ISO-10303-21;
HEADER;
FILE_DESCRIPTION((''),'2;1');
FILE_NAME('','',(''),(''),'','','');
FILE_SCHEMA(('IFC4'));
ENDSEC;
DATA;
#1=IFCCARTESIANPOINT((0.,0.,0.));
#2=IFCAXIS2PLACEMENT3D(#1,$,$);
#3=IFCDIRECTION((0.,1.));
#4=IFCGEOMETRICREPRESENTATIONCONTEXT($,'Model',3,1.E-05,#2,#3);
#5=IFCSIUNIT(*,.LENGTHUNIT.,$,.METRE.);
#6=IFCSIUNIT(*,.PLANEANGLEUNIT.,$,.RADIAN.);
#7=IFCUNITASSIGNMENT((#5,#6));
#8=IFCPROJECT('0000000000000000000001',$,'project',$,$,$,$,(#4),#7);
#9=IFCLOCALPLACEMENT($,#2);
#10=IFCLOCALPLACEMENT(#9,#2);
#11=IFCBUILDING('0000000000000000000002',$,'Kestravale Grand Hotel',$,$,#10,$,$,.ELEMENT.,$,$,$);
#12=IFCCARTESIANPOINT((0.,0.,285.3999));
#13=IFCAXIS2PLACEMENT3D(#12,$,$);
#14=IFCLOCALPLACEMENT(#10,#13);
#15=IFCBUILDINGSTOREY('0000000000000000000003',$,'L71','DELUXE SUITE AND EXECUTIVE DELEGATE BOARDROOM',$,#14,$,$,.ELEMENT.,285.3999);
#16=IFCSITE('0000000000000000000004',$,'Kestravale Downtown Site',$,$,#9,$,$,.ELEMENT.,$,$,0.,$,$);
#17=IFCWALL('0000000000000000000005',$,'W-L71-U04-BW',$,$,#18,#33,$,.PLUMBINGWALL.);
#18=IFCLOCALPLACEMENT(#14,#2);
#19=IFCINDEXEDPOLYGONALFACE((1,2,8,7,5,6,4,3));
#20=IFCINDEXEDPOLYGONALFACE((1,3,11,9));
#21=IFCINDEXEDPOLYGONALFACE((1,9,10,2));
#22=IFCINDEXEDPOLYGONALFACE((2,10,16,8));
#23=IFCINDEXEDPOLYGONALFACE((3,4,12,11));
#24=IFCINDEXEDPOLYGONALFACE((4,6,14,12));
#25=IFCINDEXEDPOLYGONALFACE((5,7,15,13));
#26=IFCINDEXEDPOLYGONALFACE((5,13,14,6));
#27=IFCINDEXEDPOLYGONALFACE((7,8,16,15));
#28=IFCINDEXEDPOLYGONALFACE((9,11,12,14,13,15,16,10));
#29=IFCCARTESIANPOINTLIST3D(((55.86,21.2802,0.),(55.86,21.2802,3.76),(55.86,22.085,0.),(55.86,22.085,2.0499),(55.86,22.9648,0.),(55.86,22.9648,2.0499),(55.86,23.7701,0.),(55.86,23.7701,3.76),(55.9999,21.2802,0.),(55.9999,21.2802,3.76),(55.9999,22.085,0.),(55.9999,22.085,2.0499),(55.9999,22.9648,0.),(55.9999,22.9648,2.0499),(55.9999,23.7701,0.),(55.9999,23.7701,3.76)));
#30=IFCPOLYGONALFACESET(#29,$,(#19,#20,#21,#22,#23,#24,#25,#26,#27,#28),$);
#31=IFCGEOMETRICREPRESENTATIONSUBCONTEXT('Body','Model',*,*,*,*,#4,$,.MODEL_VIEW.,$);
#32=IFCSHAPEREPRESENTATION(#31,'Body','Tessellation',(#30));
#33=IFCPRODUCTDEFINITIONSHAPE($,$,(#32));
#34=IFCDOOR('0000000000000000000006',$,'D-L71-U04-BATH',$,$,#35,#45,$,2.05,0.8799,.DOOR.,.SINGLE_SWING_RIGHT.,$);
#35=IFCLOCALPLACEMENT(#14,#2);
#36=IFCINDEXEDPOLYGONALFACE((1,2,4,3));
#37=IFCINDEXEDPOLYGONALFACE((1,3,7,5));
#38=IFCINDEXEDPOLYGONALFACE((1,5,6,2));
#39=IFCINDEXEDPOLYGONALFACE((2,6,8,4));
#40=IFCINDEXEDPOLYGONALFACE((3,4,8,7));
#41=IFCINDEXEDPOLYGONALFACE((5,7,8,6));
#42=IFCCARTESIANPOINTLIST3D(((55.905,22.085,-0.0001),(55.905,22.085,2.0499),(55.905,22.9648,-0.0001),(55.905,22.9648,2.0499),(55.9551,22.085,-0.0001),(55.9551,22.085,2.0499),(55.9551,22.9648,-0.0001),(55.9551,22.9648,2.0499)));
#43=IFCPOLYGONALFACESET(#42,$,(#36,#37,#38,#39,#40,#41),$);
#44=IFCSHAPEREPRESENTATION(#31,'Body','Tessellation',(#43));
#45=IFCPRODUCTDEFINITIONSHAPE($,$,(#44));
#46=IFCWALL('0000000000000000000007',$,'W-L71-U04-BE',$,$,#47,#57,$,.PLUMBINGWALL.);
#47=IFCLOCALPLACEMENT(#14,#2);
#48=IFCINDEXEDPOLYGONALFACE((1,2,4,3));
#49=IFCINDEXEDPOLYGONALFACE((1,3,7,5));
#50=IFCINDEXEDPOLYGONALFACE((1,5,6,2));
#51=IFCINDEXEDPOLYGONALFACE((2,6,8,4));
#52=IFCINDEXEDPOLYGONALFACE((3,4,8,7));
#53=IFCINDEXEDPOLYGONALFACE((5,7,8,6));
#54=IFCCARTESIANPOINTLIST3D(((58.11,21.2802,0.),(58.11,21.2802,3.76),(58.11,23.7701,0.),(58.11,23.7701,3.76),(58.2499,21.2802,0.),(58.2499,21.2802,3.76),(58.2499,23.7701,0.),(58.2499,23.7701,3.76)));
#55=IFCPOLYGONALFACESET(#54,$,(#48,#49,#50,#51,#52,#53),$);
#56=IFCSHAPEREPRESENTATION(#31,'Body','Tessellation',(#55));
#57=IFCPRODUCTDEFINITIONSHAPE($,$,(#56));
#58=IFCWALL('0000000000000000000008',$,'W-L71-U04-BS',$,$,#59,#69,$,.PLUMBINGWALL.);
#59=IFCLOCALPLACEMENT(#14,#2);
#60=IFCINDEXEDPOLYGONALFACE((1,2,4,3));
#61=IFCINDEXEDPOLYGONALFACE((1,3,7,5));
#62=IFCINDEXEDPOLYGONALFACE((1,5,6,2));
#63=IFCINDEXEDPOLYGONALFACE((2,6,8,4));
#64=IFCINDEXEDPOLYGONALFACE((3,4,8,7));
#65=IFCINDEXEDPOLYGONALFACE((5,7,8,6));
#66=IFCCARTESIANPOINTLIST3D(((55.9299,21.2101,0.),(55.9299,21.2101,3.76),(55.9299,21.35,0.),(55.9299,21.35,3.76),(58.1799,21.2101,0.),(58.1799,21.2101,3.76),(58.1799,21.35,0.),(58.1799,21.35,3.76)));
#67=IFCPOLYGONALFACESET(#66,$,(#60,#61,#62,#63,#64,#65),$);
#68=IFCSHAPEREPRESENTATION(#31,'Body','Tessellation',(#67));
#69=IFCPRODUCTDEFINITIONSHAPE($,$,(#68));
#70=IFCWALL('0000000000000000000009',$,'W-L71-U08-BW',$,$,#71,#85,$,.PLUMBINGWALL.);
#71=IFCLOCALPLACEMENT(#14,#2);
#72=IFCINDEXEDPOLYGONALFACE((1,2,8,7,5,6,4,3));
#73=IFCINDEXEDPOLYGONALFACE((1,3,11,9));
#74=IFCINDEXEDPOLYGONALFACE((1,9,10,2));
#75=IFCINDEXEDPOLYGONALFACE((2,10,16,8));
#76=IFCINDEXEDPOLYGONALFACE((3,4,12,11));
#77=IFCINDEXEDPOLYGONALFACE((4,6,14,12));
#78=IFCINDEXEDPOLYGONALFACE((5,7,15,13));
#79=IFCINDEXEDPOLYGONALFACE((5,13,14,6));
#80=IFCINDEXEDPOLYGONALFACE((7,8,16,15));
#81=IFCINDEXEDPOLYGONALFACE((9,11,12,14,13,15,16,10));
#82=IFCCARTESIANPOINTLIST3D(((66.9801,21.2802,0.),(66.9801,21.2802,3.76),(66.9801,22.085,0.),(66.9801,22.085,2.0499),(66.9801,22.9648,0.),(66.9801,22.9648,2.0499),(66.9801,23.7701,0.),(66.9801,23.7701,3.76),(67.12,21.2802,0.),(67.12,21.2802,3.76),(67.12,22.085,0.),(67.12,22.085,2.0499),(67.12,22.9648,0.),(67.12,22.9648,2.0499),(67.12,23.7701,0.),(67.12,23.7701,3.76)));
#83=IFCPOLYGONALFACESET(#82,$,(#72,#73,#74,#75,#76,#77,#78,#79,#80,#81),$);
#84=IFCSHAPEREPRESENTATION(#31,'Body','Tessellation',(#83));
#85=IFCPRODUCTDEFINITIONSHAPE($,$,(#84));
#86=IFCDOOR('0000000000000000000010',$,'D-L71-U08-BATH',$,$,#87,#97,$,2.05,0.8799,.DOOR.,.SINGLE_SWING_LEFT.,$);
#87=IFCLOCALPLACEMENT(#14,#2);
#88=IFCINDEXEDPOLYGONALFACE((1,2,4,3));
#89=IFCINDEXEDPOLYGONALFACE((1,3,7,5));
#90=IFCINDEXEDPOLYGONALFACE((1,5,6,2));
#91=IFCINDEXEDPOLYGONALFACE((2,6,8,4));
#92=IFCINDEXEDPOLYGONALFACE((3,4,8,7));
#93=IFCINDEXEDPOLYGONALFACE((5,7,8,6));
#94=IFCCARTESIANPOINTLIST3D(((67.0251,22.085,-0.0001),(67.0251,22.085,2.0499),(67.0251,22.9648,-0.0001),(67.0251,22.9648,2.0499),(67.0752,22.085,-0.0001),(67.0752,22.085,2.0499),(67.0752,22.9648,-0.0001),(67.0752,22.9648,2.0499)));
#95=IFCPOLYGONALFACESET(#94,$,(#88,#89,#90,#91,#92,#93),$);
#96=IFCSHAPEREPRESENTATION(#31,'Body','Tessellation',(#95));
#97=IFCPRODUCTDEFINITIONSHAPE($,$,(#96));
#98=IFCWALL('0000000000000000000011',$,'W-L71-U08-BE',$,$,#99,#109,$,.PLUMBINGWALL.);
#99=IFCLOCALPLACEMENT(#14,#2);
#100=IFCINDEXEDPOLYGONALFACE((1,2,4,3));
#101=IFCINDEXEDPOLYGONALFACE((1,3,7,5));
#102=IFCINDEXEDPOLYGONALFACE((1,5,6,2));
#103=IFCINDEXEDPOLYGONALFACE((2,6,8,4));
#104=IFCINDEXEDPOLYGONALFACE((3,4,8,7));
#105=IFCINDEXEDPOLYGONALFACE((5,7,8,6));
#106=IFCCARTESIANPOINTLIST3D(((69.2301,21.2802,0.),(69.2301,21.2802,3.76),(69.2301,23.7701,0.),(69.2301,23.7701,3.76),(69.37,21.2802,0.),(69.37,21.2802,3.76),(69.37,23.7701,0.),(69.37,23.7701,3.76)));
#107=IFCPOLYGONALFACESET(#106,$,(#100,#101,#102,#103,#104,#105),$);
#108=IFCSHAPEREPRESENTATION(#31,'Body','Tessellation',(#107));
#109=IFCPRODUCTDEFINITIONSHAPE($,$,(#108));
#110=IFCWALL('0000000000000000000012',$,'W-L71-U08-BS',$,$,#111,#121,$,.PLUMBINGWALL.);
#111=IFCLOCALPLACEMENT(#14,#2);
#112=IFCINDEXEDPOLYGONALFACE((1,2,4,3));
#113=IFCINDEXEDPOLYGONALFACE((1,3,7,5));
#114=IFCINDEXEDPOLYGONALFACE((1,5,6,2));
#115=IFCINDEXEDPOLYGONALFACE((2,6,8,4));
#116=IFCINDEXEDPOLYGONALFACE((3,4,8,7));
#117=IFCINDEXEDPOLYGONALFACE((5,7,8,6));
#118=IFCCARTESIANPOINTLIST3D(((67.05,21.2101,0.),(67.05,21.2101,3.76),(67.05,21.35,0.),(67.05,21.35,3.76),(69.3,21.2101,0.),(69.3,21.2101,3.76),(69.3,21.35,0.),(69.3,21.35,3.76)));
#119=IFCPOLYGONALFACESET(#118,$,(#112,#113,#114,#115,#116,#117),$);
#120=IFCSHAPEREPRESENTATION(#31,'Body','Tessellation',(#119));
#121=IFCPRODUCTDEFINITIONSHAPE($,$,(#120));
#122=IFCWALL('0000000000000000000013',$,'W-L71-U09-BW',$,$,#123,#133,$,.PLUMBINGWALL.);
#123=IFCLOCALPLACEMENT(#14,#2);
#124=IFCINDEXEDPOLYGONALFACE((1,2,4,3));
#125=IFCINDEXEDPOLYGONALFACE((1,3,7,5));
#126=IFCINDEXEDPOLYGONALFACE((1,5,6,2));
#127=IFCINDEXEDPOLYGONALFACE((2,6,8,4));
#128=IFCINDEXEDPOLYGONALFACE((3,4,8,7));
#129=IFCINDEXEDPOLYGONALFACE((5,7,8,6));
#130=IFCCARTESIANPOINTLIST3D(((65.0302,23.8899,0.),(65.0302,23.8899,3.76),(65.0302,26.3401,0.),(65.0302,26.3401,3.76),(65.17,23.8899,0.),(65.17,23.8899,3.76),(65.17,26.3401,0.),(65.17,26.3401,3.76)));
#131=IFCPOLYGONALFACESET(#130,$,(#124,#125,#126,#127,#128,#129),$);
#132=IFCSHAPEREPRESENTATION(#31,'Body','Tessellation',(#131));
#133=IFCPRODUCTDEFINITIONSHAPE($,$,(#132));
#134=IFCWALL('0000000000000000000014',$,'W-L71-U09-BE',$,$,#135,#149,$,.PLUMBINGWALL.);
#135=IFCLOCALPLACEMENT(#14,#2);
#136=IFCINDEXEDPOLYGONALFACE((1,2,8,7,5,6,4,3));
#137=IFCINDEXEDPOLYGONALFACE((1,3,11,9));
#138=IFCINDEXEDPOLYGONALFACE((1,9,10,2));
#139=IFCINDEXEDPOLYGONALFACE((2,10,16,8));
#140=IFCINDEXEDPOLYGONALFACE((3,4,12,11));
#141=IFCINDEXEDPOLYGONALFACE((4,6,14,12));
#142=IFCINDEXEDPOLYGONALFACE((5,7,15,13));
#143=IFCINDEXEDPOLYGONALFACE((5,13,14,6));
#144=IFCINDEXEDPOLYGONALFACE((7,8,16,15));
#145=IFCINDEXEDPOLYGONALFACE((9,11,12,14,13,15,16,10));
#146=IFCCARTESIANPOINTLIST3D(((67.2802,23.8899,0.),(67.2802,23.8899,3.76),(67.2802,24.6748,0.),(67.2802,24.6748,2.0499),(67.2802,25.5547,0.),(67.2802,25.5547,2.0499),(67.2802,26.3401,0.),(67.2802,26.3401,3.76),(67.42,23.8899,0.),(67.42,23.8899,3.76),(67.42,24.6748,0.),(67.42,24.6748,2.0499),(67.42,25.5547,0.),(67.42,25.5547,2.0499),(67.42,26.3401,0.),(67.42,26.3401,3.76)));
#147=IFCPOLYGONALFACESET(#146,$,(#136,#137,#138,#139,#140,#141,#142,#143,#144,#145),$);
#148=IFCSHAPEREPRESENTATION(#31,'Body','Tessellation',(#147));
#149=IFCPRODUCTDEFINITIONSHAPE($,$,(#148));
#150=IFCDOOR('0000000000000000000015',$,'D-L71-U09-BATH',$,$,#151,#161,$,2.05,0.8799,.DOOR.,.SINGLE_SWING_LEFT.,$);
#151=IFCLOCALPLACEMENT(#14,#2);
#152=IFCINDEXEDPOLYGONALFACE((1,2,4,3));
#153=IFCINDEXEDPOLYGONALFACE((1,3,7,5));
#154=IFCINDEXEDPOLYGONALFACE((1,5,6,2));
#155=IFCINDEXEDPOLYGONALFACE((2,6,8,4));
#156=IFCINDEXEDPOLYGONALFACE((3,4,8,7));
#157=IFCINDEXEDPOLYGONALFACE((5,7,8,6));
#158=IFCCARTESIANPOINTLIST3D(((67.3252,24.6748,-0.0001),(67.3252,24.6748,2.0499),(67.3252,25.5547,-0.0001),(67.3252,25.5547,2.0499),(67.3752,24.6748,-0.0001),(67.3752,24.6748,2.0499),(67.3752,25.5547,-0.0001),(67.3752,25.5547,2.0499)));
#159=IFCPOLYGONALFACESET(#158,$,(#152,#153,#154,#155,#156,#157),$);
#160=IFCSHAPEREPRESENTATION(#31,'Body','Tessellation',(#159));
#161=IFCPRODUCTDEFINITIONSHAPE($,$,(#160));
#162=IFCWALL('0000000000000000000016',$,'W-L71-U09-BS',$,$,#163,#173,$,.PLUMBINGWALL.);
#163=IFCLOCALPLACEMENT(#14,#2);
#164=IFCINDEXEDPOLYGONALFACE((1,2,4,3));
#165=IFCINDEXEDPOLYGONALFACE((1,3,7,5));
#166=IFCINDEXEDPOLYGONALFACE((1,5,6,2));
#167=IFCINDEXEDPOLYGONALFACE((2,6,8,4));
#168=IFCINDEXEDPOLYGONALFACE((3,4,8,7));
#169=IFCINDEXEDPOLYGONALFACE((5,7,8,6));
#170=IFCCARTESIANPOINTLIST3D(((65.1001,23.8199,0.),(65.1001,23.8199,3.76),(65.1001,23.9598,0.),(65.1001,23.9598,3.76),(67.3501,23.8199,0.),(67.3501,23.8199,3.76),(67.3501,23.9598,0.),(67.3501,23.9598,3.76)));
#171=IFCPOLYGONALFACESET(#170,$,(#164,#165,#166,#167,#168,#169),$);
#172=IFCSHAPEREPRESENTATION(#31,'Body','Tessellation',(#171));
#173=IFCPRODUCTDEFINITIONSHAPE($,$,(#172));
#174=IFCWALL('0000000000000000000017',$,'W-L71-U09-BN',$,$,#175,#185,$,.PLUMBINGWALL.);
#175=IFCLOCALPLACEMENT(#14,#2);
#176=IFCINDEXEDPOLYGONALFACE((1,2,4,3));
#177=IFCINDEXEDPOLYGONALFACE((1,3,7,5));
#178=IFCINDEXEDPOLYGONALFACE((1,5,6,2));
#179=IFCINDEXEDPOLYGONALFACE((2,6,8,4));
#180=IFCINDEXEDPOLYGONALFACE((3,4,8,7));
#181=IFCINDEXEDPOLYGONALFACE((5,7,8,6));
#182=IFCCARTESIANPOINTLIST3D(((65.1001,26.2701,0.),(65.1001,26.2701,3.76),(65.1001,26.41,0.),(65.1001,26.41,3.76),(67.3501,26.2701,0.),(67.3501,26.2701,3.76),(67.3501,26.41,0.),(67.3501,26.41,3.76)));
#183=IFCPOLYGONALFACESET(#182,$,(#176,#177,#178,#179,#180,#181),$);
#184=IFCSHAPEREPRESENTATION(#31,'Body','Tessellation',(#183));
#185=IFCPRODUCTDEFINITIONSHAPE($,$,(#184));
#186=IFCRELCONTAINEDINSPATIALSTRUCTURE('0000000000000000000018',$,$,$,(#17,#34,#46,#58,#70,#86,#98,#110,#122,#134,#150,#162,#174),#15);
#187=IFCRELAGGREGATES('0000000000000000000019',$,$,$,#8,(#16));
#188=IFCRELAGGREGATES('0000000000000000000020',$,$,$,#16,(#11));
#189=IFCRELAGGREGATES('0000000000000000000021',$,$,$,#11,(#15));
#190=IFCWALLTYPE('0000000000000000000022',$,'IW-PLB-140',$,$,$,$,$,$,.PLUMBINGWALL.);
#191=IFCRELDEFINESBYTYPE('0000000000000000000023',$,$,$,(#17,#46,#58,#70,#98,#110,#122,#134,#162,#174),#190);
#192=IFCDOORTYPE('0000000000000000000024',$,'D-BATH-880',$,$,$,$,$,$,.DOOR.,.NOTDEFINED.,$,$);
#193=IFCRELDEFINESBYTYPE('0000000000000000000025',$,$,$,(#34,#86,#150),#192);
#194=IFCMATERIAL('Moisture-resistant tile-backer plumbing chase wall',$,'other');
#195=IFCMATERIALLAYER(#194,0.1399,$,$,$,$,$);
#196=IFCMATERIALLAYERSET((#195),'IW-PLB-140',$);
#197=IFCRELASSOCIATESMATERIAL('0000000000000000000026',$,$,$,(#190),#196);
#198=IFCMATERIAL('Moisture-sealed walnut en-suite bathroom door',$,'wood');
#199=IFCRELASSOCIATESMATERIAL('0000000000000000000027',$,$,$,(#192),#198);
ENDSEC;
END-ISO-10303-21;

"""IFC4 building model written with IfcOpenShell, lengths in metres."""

from ifc_helpers import new_model, si_unit, direction, frame, frame_2d, origin, place, context, subcontext, project, spatial, rectangle, extrude, material, layer, layer_set, type_object, element, fill, save


model = new_model("IFC4")

# Units and contexts
model_context = context("Model", 3, precision=1e-05, world=origin(), true_north=direction((0.0, 1.0)))
body_context = subcontext(model_context, "Body", "Model", "MODEL_VIEW")
ifc_project = project(units=[si_unit("LENGTHUNIT", "METRE"), si_unit("PLANEANGLEUNIT", "RADIAN")], contexts=[model_context])

# Site, building, storey
site_placement = place(None, origin())
site = spatial("IfcSite", under=ifc_project, at=site_placement, Name="Kestravale Downtown Site", CompositionType="ELEMENT", RefElevation=0.0)
building_placement = place(site_placement, origin())
building = spatial("IfcBuilding", under=site, at=building_placement, Name="Kestravale Grand Hotel", CompositionType="ELEMENT")
storey_placement = place(building_placement, frame((0.0, 0.0, 285.3999)))
storey = spatial("IfcBuildingStorey", under=building, at=storey_placement, Name="L71", Description="DELUXE SUITE AND EXECUTIVE DELEGATE BOARDROOM", CompositionType="ELEMENT", Elevation=285.3999)

# Wall, opening, door
ifc_material_1 = material(Name="Moisture-resistant tile-backer plumbing chase wall", Category="other")
ifc_layer_1 = layer(ifc_material_1, 0.1399)
ifc_layer_set_1 = layer_set([ifc_layer_1], Name="IW-PLB-140")
wall_type_1 = type_object("IfcWallType", Name="IW-PLB-140", PredefinedType="PLUMBINGWALL", material=ifc_layer_set_1)
wall_1_placement = place(storey_placement, frame((55.9299, 21.28, 0.0), z_axis=(0.0, 0.0, 1.0), x_axis=(0.0, 1.0, 0.0)))
wall_1 = element("IfcWall", 1, at=wall_1_placement, inside=storey, type_object=wall_type_1, Name="W-L71-U04-BW", PredefinedType="PLUMBINGWALL", context=body_context, shape_type="SweptSolid", body=[
    extrude(rectangle(XDim=2.49, YDim=0.1399, at=frame_2d((1.2451, 0.0))), origin(), (0.0, 0.0, 1.0), 3.76),
])
opening_1_placement = place(wall_1_placement, frame((0.8049, 0.0, 0.0)))
opening_1 = element("IfcOpeningElement", 2, at=opening_1_placement, cuts=wall_1, PredefinedType="OPENING", context=body_context, shape_type="SweptSolid", body=[
    extrude(rectangle(XDim=0.8799, YDim=2.05, at=frame_2d((0.4399, 1.0249))), frame((0.0, 0.0798, 0.0), z_axis=(0.0, -1.0, 0.0), x_axis=(1.0, 0.0, 0.0)), (0.0, 0.0, 1.0), 0.1599),
])
ifc_material_2 = material(Name="Moisture-sealed walnut en-suite bathroom door", Category="wood")
door_type_1 = type_object("IfcDoorType", Name="D-BATH-880", OperationType="NOTDEFINED", PredefinedType="DOOR", material=ifc_material_2)
door_1_placement = place(opening_1_placement, origin())
door_1 = element("IfcDoor", 3, at=door_1_placement, inside=storey, type_object=door_type_1, Name="D-L71-U04-BATH", OperationType="SINGLE_SWING_RIGHT", OverallHeight=2.05, OverallWidth=0.8799, PredefinedType="DOOR", context=body_context, shape_type="SweptSolid", body=[
    extrude(rectangle(XDim=0.8799, YDim=2.05, at=frame_2d((0.4399, 1.0249))), frame((0.0, 0.0249, 0.0), z_axis=(0.0, -1.0, 0.0), x_axis=(1.0, 0.0, 0.0)), (0.0, 0.0, 1.0), 0.05),
])
fill(opening_1, door_1)

# Walls
wall_2_placement = place(storey_placement, frame((58.1799, 21.28, 0.0), z_axis=(0.0, 0.0, 1.0), x_axis=(0.0, 1.0, 0.0)))
element("IfcWall", 4, at=wall_2_placement, inside=storey, type_object=wall_type_1, Name="W-L71-U04-BE", PredefinedType="PLUMBINGWALL", context=body_context, shape_type="SweptSolid", body=[
    extrude(rectangle(XDim=2.49, YDim=0.1399, at=frame_2d((1.2451, 0.0))), origin(), (0.0, 0.0, 1.0), 3.76),
])
wall_3_placement = place(storey_placement, frame((55.9299, 21.28, 0.0), z_axis=(0.0, 0.0, 1.0), x_axis=(1.0, 0.0, 0.0)))
element("IfcWall", 5, at=wall_3_placement, inside=storey, type_object=wall_type_1, Name="W-L71-U04-BS", PredefinedType="PLUMBINGWALL", context=body_context, shape_type="SweptSolid", body=[
    extrude(rectangle(XDim=2.25, YDim=0.1399, at=frame_2d((1.125, 0.0))), origin(), (0.0, 0.0, 1.0), 3.76),
])

# Wall, opening, door
wall_4_placement = place(storey_placement, frame((67.05, 21.28, 0.0), z_axis=(0.0, 0.0, 1.0), x_axis=(0.0, 1.0, 0.0)))
wall_4 = element("IfcWall", 6, at=wall_4_placement, inside=storey, type_object=wall_type_1, Name="W-L71-U08-BW", PredefinedType="PLUMBINGWALL", context=body_context, shape_type="SweptSolid", body=[
    extrude(rectangle(XDim=2.49, YDim=0.1399, at=frame_2d((1.2451, 0.0))), origin(), (0.0, 0.0, 1.0), 3.76),
])
opening_2_placement = place(wall_4_placement, frame((0.8049, 0.0, 0.0)))
opening_2 = element("IfcOpeningElement", 7, at=opening_2_placement, cuts=wall_4, PredefinedType="OPENING", context=body_context, shape_type="SweptSolid", body=[
    extrude(rectangle(XDim=0.8799, YDim=2.05, at=frame_2d((0.4399, 1.0249))), frame((0.0, 0.0798, 0.0), z_axis=(0.0, -1.0, 0.0), x_axis=(1.0, 0.0, 0.0)), (0.0, 0.0, 1.0), 0.1599),
])
door_2_placement = place(opening_2_placement, origin())
door_2 = element("IfcDoor", 8, at=door_2_placement, inside=storey, type_object=door_type_1, Name="D-L71-U08-BATH", OperationType="SINGLE_SWING_LEFT", OverallHeight=2.05, OverallWidth=0.8799, PredefinedType="DOOR", context=body_context, shape_type="SweptSolid", body=[
    extrude(rectangle(XDim=0.8799, YDim=2.05, at=frame_2d((0.4399, 1.0249))), frame((0.0, 0.0249, 0.0), z_axis=(0.0, -1.0, 0.0), x_axis=(1.0, 0.0, 0.0)), (0.0, 0.0, 1.0), 0.05),
])
fill(opening_2, door_2)

# Walls
wall_5_placement = place(storey_placement, frame((69.3, 21.28, 0.0), z_axis=(0.0, 0.0, 1.0), x_axis=(0.0, 1.0, 0.0)))
element("IfcWall", 9, at=wall_5_placement, inside=storey, type_object=wall_type_1, Name="W-L71-U08-BE", PredefinedType="PLUMBINGWALL", context=body_context, shape_type="SweptSolid", body=[
    extrude(rectangle(XDim=2.49, YDim=0.1399, at=frame_2d((1.2451, 0.0))), origin(), (0.0, 0.0, 1.0), 3.76),
])
wall_6_placement = place(storey_placement, frame((67.05, 21.28, 0.0), z_axis=(0.0, 0.0, 1.0), x_axis=(1.0, 0.0, 0.0)))
element("IfcWall", 10, at=wall_6_placement, inside=storey, type_object=wall_type_1, Name="W-L71-U08-BS", PredefinedType="PLUMBINGWALL", context=body_context, shape_type="SweptSolid", body=[
    extrude(rectangle(XDim=2.25, YDim=0.1399, at=frame_2d((1.125, 0.0))), origin(), (0.0, 0.0, 1.0), 3.76),
])
wall_7_placement = place(storey_placement, frame((65.1001, 23.8899, 0.0), z_axis=(0.0, 0.0, 1.0), x_axis=(0.0, 1.0, 0.0)))
element("IfcWall", 11, at=wall_7_placement, inside=storey, type_object=wall_type_1, Name="W-L71-U09-BW", PredefinedType="PLUMBINGWALL", context=body_context, shape_type="SweptSolid", body=[
    extrude(rectangle(XDim=2.4502, YDim=0.1399, at=frame_2d((1.2251, 0.0))), origin(), (0.0, 0.0, 1.0), 3.76),
])

# Wall, opening, door
wall_8_placement = place(storey_placement, frame((67.3501, 23.8899, 0.0), z_axis=(0.0, 0.0, 1.0), x_axis=(0.0, 1.0, 0.0)))
wall_8 = element("IfcWall", 12, at=wall_8_placement, inside=storey, type_object=wall_type_1, Name="W-L71-U09-BE", PredefinedType="PLUMBINGWALL", context=body_context, shape_type="SweptSolid", body=[
    extrude(rectangle(XDim=2.4502, YDim=0.1399, at=frame_2d((1.2251, 0.0))), origin(), (0.0, 0.0, 1.0), 3.76),
])
opening_3_placement = place(wall_8_placement, frame((0.7849, 0.0, 0.0)))
opening_3 = element("IfcOpeningElement", 13, at=opening_3_placement, cuts=wall_8, PredefinedType="OPENING", context=body_context, shape_type="SweptSolid", body=[
    extrude(rectangle(XDim=0.8799, YDim=2.05, at=frame_2d((0.4399, 1.0249))), frame((0.0, 0.0798, 0.0), z_axis=(0.0, -1.0, 0.0), x_axis=(1.0, 0.0, 0.0)), (0.0, 0.0, 1.0), 0.1599),
])
door_3_placement = place(opening_3_placement, origin())
door_3 = element("IfcDoor", 14, at=door_3_placement, inside=storey, type_object=door_type_1, Name="D-L71-U09-BATH", OperationType="SINGLE_SWING_LEFT", OverallHeight=2.05, OverallWidth=0.8799, PredefinedType="DOOR", context=body_context, shape_type="SweptSolid", body=[
    extrude(rectangle(XDim=0.8799, YDim=2.05, at=frame_2d((0.4399, 1.0249))), frame((0.0, 0.0249, 0.0), z_axis=(0.0, -1.0, 0.0), x_axis=(1.0, 0.0, 0.0)), (0.0, 0.0, 1.0), 0.05),
])
fill(opening_3, door_3)

# Walls
for number, where, z_axis, x_axis, name in (
    (15, (65.1001, 23.8899, 0.0), (0.0, 0.0, 1.0), (1.0, 0.0, 0.0), "W-L71-U09-BS"),
    (16, (65.1001, 26.3401, 0.0), (0.0, 0.0, 1.0), (1.0, 0.0, 0.0), "W-L71-U09-BN"),
):
    element("IfcWall", number, at=place(storey_placement, frame(where, z_axis=z_axis, x_axis=x_axis)), inside=storey, type_object=wall_type_1, Name=name, PredefinedType="PLUMBINGWALL", context=body_context, shape_type="SweptSolid", body=[
        extrude(rectangle(XDim=2.25, YDim=0.1399, at=frame_2d((1.125, 0.0))), origin(), (0.0, 0.0, 1.0), 3.76),
    ])

save(model, "model.ifc")
